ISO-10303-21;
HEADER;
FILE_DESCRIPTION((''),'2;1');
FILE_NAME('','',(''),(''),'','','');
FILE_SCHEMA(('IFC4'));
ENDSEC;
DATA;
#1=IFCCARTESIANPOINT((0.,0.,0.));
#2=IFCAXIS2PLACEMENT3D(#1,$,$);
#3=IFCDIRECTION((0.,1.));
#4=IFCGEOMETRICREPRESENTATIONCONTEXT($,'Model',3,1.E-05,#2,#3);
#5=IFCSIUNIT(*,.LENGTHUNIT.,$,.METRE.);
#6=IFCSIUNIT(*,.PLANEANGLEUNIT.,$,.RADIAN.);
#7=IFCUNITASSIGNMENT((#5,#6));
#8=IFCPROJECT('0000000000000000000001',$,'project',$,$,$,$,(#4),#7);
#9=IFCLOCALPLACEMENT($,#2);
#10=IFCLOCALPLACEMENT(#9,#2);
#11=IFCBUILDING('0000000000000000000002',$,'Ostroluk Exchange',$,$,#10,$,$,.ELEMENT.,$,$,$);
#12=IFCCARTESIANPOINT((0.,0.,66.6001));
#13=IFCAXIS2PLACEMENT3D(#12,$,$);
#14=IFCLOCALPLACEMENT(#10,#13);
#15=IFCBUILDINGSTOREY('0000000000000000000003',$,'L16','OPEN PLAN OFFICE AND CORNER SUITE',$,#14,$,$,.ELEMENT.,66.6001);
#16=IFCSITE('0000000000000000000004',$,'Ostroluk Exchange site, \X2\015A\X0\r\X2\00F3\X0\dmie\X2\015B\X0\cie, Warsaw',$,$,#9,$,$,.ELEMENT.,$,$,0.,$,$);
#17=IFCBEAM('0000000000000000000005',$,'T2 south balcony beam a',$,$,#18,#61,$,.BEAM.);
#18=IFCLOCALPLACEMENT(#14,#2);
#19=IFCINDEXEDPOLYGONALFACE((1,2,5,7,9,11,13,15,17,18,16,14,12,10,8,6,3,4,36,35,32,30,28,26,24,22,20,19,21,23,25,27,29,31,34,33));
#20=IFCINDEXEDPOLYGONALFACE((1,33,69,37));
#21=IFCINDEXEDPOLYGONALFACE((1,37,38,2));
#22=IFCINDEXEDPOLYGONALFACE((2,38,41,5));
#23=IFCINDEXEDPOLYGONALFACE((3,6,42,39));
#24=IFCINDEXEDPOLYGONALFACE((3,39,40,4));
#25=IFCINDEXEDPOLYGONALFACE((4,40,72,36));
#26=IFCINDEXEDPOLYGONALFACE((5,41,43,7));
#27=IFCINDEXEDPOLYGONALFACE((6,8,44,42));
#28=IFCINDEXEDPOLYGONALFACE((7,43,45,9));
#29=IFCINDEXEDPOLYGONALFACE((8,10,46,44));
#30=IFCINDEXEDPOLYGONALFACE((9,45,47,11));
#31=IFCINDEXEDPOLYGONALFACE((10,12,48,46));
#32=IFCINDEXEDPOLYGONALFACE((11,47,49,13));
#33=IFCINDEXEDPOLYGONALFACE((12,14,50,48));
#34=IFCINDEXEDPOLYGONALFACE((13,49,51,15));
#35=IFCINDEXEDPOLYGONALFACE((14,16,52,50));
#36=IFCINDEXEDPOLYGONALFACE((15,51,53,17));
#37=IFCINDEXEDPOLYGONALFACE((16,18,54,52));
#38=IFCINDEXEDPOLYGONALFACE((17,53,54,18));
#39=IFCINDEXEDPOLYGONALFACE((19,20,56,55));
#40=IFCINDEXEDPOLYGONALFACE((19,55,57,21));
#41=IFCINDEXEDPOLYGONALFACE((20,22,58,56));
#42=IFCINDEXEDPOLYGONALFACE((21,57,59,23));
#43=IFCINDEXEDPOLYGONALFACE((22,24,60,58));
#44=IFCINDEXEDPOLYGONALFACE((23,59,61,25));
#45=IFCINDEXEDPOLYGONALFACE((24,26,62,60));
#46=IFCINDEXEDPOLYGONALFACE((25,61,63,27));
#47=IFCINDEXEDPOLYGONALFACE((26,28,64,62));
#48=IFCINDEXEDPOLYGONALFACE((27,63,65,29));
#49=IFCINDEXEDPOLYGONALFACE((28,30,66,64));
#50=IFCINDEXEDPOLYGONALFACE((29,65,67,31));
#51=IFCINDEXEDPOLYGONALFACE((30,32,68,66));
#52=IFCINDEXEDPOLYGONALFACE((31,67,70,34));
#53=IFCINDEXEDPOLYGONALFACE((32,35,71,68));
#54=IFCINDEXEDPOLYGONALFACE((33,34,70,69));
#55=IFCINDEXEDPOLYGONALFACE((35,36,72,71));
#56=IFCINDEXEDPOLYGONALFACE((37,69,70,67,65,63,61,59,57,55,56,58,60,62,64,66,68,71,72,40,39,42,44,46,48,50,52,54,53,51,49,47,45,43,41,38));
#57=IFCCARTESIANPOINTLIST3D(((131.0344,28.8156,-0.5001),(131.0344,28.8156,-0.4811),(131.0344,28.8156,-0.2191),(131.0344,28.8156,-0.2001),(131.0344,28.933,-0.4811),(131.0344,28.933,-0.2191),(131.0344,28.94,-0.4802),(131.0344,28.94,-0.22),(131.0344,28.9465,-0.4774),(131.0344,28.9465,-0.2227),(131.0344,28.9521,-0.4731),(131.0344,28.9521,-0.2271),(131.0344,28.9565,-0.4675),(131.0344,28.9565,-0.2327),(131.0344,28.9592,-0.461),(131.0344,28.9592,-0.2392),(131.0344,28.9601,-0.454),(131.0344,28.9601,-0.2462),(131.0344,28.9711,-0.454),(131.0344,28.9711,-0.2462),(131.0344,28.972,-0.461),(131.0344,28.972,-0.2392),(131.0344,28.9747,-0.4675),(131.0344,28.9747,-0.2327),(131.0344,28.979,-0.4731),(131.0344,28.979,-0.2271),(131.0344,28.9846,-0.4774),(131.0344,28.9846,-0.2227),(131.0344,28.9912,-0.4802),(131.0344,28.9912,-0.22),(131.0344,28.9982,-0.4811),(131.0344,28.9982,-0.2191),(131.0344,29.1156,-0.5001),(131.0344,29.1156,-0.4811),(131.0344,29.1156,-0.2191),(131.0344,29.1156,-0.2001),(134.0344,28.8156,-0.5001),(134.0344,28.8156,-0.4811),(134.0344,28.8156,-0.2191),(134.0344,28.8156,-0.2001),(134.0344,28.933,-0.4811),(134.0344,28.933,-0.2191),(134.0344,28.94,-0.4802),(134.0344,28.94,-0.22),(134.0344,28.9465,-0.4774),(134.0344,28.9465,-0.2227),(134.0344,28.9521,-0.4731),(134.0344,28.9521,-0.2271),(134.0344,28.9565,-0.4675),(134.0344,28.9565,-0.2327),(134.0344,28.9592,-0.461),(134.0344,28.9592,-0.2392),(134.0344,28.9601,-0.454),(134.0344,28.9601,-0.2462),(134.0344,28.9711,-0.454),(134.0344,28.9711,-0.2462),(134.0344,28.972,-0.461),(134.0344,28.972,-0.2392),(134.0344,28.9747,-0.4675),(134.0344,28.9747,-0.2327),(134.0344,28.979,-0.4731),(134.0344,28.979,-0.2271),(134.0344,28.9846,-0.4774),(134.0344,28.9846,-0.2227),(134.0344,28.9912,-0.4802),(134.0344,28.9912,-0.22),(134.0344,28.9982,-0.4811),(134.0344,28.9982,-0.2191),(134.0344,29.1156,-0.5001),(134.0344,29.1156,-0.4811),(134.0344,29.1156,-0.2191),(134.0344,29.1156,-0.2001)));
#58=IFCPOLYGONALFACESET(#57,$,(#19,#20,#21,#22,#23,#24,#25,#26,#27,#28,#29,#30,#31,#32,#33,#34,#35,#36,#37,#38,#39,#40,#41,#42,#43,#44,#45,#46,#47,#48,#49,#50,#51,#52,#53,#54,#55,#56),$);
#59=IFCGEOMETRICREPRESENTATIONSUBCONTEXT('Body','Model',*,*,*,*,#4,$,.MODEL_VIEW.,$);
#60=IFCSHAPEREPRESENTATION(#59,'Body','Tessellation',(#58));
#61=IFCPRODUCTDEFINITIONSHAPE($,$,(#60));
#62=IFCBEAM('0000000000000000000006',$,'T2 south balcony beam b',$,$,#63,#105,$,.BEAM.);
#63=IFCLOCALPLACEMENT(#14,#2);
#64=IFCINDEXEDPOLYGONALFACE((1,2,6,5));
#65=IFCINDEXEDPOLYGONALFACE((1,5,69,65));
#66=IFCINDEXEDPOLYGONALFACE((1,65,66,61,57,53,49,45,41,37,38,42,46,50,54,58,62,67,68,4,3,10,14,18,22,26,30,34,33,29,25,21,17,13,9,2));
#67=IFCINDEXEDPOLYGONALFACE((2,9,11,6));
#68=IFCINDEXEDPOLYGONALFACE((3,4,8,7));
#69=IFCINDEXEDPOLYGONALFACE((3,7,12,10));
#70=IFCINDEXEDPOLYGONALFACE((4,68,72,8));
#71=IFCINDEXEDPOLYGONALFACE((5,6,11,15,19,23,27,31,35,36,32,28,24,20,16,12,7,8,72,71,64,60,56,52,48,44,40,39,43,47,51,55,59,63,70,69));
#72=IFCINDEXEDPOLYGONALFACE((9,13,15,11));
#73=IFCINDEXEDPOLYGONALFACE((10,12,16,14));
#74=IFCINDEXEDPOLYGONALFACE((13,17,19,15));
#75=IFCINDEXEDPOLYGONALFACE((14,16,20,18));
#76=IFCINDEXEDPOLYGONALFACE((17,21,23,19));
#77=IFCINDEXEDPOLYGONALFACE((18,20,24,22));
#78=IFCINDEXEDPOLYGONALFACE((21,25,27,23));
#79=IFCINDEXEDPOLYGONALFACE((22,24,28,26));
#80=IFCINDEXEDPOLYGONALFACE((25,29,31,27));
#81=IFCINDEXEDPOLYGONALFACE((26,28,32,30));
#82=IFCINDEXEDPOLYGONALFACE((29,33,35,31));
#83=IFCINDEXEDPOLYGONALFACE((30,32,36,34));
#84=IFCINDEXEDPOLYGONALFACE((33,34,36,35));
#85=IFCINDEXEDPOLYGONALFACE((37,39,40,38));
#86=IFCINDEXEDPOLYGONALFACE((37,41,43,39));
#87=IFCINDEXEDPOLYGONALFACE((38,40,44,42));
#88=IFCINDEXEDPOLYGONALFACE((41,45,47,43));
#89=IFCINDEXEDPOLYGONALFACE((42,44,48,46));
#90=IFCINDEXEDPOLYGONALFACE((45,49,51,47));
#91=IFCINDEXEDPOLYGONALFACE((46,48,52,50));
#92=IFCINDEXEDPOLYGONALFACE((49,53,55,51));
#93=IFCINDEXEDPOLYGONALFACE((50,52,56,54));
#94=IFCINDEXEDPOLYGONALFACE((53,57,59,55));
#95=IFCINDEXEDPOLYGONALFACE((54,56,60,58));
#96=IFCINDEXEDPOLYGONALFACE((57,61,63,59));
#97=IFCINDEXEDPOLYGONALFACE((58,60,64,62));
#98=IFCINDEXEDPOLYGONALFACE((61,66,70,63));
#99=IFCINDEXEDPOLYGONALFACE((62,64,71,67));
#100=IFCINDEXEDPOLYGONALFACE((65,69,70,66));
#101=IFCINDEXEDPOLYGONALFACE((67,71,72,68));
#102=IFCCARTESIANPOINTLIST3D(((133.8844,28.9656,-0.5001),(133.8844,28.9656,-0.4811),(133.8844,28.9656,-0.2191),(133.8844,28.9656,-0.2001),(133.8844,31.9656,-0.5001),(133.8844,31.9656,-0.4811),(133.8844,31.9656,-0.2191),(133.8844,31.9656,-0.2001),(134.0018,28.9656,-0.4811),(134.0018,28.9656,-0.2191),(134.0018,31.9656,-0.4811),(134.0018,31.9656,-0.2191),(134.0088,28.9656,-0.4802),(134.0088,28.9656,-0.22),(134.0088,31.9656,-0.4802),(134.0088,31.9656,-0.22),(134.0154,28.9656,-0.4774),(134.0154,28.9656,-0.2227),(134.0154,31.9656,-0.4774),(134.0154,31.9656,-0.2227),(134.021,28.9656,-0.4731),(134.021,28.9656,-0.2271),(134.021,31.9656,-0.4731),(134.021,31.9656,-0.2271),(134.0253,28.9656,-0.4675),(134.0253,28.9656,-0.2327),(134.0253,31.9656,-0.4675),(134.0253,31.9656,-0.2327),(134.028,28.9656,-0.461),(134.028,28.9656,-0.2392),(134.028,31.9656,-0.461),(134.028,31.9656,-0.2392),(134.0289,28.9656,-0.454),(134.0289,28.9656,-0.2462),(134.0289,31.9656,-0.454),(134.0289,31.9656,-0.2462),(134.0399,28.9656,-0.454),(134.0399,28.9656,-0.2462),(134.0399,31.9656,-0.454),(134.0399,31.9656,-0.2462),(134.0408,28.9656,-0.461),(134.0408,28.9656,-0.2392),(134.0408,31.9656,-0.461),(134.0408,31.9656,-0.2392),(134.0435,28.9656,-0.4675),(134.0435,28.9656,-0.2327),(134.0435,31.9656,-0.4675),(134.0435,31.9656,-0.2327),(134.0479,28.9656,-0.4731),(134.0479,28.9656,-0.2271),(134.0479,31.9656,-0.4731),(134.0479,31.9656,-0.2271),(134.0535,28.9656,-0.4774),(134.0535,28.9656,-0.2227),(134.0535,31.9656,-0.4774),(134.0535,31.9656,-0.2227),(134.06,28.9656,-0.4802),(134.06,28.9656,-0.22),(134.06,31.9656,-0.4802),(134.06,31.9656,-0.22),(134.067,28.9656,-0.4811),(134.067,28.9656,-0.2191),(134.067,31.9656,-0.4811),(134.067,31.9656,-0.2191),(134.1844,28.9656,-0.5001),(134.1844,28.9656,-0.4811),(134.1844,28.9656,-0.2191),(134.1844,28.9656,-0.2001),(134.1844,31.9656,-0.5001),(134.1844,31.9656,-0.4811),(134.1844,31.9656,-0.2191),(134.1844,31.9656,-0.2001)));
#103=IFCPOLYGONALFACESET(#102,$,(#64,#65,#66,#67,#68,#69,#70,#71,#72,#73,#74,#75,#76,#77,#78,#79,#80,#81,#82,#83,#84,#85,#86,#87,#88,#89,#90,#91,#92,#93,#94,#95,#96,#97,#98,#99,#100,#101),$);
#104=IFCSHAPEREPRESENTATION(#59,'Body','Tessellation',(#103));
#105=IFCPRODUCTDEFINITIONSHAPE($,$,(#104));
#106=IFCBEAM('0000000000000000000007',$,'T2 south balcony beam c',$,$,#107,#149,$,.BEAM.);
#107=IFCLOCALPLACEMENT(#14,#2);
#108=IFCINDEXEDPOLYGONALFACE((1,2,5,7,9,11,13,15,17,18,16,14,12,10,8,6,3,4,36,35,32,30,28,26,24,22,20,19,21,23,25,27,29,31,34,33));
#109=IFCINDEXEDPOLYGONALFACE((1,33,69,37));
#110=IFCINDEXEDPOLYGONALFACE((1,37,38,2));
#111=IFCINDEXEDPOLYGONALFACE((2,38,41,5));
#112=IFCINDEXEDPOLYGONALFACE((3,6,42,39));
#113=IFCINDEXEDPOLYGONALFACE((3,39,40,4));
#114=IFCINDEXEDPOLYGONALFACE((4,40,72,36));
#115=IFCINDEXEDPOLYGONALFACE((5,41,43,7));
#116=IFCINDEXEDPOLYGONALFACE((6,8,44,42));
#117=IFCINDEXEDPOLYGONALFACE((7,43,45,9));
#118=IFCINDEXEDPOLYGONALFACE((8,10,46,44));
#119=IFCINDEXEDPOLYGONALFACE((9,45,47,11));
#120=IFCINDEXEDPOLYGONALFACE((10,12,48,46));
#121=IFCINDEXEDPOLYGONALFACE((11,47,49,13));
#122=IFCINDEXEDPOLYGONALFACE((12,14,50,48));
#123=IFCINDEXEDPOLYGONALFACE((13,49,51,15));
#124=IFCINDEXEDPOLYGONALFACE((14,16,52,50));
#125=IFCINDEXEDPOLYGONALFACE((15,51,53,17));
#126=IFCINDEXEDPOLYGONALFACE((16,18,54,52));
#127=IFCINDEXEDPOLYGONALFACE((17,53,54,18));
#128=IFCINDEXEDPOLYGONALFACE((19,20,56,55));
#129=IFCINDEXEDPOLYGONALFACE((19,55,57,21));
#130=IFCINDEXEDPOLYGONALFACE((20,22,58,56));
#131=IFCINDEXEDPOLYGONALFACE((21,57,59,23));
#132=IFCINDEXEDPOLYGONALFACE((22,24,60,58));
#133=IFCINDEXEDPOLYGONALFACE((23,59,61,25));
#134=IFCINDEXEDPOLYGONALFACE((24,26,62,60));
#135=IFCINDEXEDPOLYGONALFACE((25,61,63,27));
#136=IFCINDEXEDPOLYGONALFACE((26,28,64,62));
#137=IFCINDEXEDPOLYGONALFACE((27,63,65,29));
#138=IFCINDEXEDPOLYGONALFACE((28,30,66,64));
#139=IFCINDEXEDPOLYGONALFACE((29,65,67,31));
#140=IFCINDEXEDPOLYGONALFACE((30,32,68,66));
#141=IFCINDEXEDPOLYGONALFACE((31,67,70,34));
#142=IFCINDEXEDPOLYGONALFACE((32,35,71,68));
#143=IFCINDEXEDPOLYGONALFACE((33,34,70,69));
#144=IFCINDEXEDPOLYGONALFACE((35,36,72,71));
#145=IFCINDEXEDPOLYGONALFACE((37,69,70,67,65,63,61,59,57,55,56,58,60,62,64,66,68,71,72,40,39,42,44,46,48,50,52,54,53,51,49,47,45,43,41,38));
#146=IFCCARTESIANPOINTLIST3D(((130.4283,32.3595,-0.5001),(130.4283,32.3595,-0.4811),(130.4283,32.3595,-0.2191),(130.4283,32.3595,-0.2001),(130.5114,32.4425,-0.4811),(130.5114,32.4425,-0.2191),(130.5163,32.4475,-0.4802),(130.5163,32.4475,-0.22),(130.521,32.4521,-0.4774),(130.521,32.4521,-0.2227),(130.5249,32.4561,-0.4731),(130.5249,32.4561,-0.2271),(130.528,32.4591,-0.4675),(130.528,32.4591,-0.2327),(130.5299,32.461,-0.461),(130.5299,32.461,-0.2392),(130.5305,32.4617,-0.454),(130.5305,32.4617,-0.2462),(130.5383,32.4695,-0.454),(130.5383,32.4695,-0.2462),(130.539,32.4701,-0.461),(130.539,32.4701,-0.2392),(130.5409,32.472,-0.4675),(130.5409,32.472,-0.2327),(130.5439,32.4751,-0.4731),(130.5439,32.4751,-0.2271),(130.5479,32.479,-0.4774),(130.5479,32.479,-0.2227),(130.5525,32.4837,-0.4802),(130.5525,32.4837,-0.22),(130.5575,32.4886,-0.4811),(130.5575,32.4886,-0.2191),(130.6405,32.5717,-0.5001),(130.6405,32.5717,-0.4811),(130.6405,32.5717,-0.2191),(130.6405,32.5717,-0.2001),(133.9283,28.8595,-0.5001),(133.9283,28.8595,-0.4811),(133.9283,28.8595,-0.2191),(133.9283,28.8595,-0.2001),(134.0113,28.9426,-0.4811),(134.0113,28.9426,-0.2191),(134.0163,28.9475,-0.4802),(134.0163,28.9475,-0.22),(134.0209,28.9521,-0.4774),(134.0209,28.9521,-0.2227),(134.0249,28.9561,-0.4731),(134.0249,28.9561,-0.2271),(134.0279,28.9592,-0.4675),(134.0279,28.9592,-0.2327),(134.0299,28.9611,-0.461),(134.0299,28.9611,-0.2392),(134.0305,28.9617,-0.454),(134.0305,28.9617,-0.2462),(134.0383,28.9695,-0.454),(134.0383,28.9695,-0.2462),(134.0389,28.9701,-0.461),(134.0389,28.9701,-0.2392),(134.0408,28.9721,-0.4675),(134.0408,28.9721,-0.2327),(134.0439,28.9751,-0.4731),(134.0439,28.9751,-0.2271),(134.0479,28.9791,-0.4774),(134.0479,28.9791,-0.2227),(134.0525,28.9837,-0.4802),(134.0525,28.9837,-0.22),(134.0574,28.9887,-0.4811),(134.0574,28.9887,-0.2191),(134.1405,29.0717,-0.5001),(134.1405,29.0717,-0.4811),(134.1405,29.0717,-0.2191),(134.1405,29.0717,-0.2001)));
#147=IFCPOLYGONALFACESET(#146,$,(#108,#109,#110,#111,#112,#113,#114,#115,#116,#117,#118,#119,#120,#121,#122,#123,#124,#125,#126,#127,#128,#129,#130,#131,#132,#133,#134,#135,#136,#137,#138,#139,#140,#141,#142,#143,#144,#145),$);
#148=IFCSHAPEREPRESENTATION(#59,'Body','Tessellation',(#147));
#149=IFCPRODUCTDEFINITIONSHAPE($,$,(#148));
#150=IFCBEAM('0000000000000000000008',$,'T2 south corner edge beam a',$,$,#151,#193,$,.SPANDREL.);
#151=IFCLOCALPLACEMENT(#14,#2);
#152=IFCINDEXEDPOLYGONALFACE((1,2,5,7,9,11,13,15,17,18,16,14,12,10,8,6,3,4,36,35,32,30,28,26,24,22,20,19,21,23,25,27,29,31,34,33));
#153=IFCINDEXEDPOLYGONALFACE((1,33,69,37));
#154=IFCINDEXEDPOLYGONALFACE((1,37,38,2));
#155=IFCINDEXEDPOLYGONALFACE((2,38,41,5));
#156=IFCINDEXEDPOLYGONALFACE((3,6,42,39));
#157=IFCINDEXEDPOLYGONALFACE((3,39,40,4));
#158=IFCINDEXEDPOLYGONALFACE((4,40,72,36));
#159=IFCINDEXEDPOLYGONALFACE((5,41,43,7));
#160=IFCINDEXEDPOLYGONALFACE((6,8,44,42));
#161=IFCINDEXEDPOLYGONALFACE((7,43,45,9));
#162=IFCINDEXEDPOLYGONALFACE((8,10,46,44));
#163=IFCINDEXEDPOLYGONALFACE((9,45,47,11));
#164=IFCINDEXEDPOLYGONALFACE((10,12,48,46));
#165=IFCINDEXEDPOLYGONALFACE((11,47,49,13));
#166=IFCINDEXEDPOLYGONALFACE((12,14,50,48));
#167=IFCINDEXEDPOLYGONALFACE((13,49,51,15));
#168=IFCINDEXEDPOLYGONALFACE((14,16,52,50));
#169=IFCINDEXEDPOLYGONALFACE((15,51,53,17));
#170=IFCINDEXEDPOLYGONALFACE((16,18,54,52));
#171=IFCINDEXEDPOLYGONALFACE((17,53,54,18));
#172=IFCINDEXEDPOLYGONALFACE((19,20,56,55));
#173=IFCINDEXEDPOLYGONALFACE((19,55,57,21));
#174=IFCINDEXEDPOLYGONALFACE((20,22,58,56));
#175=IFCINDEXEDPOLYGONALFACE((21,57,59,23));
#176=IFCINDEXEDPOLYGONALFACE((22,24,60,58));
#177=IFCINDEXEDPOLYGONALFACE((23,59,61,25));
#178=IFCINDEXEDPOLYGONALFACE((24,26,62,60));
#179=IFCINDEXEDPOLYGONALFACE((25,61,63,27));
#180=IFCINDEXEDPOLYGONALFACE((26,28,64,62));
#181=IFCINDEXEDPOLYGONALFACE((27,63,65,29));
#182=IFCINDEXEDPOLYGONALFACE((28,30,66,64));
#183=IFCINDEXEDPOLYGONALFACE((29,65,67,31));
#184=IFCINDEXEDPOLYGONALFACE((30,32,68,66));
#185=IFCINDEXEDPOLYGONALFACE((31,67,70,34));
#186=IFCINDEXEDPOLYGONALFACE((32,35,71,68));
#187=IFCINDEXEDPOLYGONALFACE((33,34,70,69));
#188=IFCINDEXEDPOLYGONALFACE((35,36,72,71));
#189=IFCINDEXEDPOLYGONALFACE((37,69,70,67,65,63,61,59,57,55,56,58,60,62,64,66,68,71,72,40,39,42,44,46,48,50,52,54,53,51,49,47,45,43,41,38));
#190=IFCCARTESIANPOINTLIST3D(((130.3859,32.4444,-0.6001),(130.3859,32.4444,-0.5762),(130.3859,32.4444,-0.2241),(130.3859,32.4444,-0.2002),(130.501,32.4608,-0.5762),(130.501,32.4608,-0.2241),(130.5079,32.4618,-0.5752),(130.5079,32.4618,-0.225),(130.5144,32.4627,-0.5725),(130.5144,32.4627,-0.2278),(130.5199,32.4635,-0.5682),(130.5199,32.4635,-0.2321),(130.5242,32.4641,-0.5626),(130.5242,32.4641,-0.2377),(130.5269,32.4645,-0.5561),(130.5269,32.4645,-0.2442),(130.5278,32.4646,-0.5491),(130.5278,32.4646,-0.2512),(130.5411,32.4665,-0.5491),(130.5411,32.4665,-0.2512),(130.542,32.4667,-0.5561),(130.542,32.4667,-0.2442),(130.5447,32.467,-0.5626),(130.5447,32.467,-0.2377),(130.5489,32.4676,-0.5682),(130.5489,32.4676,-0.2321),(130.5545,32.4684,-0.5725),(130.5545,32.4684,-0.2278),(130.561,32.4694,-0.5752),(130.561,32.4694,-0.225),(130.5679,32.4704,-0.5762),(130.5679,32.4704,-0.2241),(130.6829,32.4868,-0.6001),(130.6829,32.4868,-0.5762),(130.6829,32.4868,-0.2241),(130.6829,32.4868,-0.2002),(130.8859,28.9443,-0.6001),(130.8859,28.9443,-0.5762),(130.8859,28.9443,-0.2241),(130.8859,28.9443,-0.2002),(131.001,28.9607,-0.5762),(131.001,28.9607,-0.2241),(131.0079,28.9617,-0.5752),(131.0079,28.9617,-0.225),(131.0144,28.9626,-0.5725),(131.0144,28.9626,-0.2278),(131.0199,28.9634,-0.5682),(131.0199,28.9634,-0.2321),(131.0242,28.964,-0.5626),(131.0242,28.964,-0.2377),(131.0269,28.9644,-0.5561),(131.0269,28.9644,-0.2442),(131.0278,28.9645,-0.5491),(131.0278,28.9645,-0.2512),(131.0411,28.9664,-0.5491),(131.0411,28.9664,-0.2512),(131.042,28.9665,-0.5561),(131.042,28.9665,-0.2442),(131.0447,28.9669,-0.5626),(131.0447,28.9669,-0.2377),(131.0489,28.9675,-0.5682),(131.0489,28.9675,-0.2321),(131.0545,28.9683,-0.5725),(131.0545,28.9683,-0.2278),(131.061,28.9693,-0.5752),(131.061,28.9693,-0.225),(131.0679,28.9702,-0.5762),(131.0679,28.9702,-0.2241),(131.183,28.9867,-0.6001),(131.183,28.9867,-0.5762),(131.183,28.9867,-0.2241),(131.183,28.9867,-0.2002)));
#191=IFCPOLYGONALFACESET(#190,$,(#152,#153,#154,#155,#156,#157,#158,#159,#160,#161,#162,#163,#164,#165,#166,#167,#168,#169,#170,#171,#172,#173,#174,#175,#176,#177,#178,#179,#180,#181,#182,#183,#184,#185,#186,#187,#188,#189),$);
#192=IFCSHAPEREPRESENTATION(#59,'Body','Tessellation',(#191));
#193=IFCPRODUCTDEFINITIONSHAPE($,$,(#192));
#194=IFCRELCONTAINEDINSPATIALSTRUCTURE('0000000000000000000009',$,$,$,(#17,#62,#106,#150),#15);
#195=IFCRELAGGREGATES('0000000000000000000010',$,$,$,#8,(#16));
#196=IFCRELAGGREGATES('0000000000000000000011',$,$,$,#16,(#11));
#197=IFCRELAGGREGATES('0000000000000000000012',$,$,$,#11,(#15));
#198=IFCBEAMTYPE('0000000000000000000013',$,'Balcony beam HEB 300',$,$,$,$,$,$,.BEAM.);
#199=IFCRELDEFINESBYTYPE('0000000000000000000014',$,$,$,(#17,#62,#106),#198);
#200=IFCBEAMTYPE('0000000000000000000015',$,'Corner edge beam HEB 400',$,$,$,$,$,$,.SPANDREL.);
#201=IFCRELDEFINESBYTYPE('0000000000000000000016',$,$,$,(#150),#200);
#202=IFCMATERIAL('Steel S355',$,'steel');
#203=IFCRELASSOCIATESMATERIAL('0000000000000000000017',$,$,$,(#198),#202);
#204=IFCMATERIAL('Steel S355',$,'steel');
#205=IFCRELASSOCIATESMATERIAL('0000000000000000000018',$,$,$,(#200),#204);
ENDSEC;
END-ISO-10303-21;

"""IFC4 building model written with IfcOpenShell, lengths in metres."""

from ifc_helpers import new_model, si_unit, direction, frame, origin, origin_2d, place, context, subcontext, project, spatial, i_section, extrude, material, material_profile, profile_set, type_object, element, save


model = new_model("IFC4")

# Units and contexts
model_context = context("Model", 3, precision=1e-05, world=origin(), true_north=direction((0.0, 1.0)))
body_context = subcontext(model_context, "Body", "Model", "MODEL_VIEW")
ifc_project = project(units=[si_unit("LENGTHUNIT", "METRE"), si_unit("PLANEANGLEUNIT", "RADIAN")], contexts=[model_context])

# Site, building, storey
site_placement = place(None, origin())
site = spatial("IfcSite", under=ifc_project, at=site_placement, Name="Ostroluk Exchange site, Śródmieście, Warsaw", CompositionType="ELEMENT", RefElevation=0.0)
building_placement = place(site_placement, origin())
building = spatial("IfcBuilding", under=site, at=building_placement, Name="Ostroluk Exchange", CompositionType="ELEMENT")
storey_placement = place(building_placement, frame((0.0, 0.0, 66.6001)))
storey = spatial("IfcBuildingStorey", under=building, at=storey_placement, Name="L16", Description="OPEN PLAN OFFICE AND CORNER SUITE", CompositionType="ELEMENT", Elevation=66.6001)

# Beams
ifc_material_1 = material(Name="Steel S355", Category="steel")
ifc_material_profile_1 = material_profile(ifc_material_1, i_section(OverallWidth=0.3, OverallDepth=0.3, WebThickness=0.011, FlangeThickness=0.019, FilletRadius=0.0271, at=origin_2d()), Name="HEB 300")
ifc_profile_set_1 = profile_set([ifc_material_profile_1], Name="Steel S355")
beam_type_1 = type_object("IfcBeamType", Name="Balcony beam HEB 300", PredefinedType="BEAM", material=ifc_profile_set_1)
for number, where, z_axis, x_axis, name in (
    (1, (131.0344, 28.9656, -0.3501), (1.0, 0.0, 0.0), (0.0, 1.0, 0.0), "T2 south balcony beam a"),
    (2, (134.0344, 31.9656, -0.3501), (0.0, -1.0, 0.0), (1.0, 0.0, 0.0), "T2 south balcony beam b"),
):
    element("IfcBeam", number, at=place(storey_placement, frame(where, z_axis=z_axis, x_axis=x_axis)), inside=storey, type_object=beam_type_1, Name=name, PredefinedType="BEAM", context=body_context, shape_type="SweptSolid", body=[
        extrude(i_section(OverallWidth=0.3, OverallDepth=0.3, WebThickness=0.011, FlangeThickness=0.019, FilletRadius=0.0271, at=origin_2d()), origin(), (0.0, 0.0, 1.0), 3.0),
    ])
beam_1_placement = place(storey_placement, frame((130.5344, 32.4656, -0.3501), z_axis=(0.707107, -0.707107, 0.0), x_axis=(0.707107, 0.707107, 0.0)))
element("IfcBeam", 3, at=beam_1_placement, inside=storey, type_object=beam_type_1, Name="T2 south balcony beam c", PredefinedType="BEAM", context=body_context, shape_type="SweptSolid", body=[
    extrude(i_section(OverallWidth=0.3, OverallDepth=0.3, WebThickness=0.011, FlangeThickness=0.019, FilletRadius=0.0271, at=origin_2d()), origin(), (0.0, 0.0, 1.0), 4.9497),
])
ifc_material_2 = material(Name="Steel S355", Category="steel")
ifc_material_profile_2 = material_profile(ifc_material_2, i_section(OverallWidth=0.3, OverallDepth=0.3999, WebThickness=0.0134, FlangeThickness=0.0239, FilletRadius=0.0271, at=origin_2d()), Name="HEB 400")
ifc_profile_set_2 = profile_set([ifc_material_profile_2], Name="Steel S355")
beam_type_2 = type_object("IfcBeamType", Name="Corner edge beam HEB 400", PredefinedType="SPANDREL", material=ifc_profile_set_2)
for number, where, z_axis, x_axis, name in (
    (4, (130.5344, 32.4656, -0.4001), (0.141421, -0.989949, 0.0), (0.989949, 0.141421, 0.0), "T2 south corner edge beam a"),
):
    element("IfcBeam", number, at=place(storey_placement, frame(where, z_axis=z_axis, x_axis=x_axis)), inside=storey, type_object=beam_type_2, Name=name, PredefinedType="SPANDREL", context=body_context, shape_type="SweptSolid", body=[
        extrude(i_section(OverallWidth=0.3, OverallDepth=0.3999, WebThickness=0.0134, FlangeThickness=0.0239, FilletRadius=0.0271, at=origin_2d()), origin(), (0.0, 0.0, 1.0), 3.5356),
    ])

save(model, "model.ifc")
